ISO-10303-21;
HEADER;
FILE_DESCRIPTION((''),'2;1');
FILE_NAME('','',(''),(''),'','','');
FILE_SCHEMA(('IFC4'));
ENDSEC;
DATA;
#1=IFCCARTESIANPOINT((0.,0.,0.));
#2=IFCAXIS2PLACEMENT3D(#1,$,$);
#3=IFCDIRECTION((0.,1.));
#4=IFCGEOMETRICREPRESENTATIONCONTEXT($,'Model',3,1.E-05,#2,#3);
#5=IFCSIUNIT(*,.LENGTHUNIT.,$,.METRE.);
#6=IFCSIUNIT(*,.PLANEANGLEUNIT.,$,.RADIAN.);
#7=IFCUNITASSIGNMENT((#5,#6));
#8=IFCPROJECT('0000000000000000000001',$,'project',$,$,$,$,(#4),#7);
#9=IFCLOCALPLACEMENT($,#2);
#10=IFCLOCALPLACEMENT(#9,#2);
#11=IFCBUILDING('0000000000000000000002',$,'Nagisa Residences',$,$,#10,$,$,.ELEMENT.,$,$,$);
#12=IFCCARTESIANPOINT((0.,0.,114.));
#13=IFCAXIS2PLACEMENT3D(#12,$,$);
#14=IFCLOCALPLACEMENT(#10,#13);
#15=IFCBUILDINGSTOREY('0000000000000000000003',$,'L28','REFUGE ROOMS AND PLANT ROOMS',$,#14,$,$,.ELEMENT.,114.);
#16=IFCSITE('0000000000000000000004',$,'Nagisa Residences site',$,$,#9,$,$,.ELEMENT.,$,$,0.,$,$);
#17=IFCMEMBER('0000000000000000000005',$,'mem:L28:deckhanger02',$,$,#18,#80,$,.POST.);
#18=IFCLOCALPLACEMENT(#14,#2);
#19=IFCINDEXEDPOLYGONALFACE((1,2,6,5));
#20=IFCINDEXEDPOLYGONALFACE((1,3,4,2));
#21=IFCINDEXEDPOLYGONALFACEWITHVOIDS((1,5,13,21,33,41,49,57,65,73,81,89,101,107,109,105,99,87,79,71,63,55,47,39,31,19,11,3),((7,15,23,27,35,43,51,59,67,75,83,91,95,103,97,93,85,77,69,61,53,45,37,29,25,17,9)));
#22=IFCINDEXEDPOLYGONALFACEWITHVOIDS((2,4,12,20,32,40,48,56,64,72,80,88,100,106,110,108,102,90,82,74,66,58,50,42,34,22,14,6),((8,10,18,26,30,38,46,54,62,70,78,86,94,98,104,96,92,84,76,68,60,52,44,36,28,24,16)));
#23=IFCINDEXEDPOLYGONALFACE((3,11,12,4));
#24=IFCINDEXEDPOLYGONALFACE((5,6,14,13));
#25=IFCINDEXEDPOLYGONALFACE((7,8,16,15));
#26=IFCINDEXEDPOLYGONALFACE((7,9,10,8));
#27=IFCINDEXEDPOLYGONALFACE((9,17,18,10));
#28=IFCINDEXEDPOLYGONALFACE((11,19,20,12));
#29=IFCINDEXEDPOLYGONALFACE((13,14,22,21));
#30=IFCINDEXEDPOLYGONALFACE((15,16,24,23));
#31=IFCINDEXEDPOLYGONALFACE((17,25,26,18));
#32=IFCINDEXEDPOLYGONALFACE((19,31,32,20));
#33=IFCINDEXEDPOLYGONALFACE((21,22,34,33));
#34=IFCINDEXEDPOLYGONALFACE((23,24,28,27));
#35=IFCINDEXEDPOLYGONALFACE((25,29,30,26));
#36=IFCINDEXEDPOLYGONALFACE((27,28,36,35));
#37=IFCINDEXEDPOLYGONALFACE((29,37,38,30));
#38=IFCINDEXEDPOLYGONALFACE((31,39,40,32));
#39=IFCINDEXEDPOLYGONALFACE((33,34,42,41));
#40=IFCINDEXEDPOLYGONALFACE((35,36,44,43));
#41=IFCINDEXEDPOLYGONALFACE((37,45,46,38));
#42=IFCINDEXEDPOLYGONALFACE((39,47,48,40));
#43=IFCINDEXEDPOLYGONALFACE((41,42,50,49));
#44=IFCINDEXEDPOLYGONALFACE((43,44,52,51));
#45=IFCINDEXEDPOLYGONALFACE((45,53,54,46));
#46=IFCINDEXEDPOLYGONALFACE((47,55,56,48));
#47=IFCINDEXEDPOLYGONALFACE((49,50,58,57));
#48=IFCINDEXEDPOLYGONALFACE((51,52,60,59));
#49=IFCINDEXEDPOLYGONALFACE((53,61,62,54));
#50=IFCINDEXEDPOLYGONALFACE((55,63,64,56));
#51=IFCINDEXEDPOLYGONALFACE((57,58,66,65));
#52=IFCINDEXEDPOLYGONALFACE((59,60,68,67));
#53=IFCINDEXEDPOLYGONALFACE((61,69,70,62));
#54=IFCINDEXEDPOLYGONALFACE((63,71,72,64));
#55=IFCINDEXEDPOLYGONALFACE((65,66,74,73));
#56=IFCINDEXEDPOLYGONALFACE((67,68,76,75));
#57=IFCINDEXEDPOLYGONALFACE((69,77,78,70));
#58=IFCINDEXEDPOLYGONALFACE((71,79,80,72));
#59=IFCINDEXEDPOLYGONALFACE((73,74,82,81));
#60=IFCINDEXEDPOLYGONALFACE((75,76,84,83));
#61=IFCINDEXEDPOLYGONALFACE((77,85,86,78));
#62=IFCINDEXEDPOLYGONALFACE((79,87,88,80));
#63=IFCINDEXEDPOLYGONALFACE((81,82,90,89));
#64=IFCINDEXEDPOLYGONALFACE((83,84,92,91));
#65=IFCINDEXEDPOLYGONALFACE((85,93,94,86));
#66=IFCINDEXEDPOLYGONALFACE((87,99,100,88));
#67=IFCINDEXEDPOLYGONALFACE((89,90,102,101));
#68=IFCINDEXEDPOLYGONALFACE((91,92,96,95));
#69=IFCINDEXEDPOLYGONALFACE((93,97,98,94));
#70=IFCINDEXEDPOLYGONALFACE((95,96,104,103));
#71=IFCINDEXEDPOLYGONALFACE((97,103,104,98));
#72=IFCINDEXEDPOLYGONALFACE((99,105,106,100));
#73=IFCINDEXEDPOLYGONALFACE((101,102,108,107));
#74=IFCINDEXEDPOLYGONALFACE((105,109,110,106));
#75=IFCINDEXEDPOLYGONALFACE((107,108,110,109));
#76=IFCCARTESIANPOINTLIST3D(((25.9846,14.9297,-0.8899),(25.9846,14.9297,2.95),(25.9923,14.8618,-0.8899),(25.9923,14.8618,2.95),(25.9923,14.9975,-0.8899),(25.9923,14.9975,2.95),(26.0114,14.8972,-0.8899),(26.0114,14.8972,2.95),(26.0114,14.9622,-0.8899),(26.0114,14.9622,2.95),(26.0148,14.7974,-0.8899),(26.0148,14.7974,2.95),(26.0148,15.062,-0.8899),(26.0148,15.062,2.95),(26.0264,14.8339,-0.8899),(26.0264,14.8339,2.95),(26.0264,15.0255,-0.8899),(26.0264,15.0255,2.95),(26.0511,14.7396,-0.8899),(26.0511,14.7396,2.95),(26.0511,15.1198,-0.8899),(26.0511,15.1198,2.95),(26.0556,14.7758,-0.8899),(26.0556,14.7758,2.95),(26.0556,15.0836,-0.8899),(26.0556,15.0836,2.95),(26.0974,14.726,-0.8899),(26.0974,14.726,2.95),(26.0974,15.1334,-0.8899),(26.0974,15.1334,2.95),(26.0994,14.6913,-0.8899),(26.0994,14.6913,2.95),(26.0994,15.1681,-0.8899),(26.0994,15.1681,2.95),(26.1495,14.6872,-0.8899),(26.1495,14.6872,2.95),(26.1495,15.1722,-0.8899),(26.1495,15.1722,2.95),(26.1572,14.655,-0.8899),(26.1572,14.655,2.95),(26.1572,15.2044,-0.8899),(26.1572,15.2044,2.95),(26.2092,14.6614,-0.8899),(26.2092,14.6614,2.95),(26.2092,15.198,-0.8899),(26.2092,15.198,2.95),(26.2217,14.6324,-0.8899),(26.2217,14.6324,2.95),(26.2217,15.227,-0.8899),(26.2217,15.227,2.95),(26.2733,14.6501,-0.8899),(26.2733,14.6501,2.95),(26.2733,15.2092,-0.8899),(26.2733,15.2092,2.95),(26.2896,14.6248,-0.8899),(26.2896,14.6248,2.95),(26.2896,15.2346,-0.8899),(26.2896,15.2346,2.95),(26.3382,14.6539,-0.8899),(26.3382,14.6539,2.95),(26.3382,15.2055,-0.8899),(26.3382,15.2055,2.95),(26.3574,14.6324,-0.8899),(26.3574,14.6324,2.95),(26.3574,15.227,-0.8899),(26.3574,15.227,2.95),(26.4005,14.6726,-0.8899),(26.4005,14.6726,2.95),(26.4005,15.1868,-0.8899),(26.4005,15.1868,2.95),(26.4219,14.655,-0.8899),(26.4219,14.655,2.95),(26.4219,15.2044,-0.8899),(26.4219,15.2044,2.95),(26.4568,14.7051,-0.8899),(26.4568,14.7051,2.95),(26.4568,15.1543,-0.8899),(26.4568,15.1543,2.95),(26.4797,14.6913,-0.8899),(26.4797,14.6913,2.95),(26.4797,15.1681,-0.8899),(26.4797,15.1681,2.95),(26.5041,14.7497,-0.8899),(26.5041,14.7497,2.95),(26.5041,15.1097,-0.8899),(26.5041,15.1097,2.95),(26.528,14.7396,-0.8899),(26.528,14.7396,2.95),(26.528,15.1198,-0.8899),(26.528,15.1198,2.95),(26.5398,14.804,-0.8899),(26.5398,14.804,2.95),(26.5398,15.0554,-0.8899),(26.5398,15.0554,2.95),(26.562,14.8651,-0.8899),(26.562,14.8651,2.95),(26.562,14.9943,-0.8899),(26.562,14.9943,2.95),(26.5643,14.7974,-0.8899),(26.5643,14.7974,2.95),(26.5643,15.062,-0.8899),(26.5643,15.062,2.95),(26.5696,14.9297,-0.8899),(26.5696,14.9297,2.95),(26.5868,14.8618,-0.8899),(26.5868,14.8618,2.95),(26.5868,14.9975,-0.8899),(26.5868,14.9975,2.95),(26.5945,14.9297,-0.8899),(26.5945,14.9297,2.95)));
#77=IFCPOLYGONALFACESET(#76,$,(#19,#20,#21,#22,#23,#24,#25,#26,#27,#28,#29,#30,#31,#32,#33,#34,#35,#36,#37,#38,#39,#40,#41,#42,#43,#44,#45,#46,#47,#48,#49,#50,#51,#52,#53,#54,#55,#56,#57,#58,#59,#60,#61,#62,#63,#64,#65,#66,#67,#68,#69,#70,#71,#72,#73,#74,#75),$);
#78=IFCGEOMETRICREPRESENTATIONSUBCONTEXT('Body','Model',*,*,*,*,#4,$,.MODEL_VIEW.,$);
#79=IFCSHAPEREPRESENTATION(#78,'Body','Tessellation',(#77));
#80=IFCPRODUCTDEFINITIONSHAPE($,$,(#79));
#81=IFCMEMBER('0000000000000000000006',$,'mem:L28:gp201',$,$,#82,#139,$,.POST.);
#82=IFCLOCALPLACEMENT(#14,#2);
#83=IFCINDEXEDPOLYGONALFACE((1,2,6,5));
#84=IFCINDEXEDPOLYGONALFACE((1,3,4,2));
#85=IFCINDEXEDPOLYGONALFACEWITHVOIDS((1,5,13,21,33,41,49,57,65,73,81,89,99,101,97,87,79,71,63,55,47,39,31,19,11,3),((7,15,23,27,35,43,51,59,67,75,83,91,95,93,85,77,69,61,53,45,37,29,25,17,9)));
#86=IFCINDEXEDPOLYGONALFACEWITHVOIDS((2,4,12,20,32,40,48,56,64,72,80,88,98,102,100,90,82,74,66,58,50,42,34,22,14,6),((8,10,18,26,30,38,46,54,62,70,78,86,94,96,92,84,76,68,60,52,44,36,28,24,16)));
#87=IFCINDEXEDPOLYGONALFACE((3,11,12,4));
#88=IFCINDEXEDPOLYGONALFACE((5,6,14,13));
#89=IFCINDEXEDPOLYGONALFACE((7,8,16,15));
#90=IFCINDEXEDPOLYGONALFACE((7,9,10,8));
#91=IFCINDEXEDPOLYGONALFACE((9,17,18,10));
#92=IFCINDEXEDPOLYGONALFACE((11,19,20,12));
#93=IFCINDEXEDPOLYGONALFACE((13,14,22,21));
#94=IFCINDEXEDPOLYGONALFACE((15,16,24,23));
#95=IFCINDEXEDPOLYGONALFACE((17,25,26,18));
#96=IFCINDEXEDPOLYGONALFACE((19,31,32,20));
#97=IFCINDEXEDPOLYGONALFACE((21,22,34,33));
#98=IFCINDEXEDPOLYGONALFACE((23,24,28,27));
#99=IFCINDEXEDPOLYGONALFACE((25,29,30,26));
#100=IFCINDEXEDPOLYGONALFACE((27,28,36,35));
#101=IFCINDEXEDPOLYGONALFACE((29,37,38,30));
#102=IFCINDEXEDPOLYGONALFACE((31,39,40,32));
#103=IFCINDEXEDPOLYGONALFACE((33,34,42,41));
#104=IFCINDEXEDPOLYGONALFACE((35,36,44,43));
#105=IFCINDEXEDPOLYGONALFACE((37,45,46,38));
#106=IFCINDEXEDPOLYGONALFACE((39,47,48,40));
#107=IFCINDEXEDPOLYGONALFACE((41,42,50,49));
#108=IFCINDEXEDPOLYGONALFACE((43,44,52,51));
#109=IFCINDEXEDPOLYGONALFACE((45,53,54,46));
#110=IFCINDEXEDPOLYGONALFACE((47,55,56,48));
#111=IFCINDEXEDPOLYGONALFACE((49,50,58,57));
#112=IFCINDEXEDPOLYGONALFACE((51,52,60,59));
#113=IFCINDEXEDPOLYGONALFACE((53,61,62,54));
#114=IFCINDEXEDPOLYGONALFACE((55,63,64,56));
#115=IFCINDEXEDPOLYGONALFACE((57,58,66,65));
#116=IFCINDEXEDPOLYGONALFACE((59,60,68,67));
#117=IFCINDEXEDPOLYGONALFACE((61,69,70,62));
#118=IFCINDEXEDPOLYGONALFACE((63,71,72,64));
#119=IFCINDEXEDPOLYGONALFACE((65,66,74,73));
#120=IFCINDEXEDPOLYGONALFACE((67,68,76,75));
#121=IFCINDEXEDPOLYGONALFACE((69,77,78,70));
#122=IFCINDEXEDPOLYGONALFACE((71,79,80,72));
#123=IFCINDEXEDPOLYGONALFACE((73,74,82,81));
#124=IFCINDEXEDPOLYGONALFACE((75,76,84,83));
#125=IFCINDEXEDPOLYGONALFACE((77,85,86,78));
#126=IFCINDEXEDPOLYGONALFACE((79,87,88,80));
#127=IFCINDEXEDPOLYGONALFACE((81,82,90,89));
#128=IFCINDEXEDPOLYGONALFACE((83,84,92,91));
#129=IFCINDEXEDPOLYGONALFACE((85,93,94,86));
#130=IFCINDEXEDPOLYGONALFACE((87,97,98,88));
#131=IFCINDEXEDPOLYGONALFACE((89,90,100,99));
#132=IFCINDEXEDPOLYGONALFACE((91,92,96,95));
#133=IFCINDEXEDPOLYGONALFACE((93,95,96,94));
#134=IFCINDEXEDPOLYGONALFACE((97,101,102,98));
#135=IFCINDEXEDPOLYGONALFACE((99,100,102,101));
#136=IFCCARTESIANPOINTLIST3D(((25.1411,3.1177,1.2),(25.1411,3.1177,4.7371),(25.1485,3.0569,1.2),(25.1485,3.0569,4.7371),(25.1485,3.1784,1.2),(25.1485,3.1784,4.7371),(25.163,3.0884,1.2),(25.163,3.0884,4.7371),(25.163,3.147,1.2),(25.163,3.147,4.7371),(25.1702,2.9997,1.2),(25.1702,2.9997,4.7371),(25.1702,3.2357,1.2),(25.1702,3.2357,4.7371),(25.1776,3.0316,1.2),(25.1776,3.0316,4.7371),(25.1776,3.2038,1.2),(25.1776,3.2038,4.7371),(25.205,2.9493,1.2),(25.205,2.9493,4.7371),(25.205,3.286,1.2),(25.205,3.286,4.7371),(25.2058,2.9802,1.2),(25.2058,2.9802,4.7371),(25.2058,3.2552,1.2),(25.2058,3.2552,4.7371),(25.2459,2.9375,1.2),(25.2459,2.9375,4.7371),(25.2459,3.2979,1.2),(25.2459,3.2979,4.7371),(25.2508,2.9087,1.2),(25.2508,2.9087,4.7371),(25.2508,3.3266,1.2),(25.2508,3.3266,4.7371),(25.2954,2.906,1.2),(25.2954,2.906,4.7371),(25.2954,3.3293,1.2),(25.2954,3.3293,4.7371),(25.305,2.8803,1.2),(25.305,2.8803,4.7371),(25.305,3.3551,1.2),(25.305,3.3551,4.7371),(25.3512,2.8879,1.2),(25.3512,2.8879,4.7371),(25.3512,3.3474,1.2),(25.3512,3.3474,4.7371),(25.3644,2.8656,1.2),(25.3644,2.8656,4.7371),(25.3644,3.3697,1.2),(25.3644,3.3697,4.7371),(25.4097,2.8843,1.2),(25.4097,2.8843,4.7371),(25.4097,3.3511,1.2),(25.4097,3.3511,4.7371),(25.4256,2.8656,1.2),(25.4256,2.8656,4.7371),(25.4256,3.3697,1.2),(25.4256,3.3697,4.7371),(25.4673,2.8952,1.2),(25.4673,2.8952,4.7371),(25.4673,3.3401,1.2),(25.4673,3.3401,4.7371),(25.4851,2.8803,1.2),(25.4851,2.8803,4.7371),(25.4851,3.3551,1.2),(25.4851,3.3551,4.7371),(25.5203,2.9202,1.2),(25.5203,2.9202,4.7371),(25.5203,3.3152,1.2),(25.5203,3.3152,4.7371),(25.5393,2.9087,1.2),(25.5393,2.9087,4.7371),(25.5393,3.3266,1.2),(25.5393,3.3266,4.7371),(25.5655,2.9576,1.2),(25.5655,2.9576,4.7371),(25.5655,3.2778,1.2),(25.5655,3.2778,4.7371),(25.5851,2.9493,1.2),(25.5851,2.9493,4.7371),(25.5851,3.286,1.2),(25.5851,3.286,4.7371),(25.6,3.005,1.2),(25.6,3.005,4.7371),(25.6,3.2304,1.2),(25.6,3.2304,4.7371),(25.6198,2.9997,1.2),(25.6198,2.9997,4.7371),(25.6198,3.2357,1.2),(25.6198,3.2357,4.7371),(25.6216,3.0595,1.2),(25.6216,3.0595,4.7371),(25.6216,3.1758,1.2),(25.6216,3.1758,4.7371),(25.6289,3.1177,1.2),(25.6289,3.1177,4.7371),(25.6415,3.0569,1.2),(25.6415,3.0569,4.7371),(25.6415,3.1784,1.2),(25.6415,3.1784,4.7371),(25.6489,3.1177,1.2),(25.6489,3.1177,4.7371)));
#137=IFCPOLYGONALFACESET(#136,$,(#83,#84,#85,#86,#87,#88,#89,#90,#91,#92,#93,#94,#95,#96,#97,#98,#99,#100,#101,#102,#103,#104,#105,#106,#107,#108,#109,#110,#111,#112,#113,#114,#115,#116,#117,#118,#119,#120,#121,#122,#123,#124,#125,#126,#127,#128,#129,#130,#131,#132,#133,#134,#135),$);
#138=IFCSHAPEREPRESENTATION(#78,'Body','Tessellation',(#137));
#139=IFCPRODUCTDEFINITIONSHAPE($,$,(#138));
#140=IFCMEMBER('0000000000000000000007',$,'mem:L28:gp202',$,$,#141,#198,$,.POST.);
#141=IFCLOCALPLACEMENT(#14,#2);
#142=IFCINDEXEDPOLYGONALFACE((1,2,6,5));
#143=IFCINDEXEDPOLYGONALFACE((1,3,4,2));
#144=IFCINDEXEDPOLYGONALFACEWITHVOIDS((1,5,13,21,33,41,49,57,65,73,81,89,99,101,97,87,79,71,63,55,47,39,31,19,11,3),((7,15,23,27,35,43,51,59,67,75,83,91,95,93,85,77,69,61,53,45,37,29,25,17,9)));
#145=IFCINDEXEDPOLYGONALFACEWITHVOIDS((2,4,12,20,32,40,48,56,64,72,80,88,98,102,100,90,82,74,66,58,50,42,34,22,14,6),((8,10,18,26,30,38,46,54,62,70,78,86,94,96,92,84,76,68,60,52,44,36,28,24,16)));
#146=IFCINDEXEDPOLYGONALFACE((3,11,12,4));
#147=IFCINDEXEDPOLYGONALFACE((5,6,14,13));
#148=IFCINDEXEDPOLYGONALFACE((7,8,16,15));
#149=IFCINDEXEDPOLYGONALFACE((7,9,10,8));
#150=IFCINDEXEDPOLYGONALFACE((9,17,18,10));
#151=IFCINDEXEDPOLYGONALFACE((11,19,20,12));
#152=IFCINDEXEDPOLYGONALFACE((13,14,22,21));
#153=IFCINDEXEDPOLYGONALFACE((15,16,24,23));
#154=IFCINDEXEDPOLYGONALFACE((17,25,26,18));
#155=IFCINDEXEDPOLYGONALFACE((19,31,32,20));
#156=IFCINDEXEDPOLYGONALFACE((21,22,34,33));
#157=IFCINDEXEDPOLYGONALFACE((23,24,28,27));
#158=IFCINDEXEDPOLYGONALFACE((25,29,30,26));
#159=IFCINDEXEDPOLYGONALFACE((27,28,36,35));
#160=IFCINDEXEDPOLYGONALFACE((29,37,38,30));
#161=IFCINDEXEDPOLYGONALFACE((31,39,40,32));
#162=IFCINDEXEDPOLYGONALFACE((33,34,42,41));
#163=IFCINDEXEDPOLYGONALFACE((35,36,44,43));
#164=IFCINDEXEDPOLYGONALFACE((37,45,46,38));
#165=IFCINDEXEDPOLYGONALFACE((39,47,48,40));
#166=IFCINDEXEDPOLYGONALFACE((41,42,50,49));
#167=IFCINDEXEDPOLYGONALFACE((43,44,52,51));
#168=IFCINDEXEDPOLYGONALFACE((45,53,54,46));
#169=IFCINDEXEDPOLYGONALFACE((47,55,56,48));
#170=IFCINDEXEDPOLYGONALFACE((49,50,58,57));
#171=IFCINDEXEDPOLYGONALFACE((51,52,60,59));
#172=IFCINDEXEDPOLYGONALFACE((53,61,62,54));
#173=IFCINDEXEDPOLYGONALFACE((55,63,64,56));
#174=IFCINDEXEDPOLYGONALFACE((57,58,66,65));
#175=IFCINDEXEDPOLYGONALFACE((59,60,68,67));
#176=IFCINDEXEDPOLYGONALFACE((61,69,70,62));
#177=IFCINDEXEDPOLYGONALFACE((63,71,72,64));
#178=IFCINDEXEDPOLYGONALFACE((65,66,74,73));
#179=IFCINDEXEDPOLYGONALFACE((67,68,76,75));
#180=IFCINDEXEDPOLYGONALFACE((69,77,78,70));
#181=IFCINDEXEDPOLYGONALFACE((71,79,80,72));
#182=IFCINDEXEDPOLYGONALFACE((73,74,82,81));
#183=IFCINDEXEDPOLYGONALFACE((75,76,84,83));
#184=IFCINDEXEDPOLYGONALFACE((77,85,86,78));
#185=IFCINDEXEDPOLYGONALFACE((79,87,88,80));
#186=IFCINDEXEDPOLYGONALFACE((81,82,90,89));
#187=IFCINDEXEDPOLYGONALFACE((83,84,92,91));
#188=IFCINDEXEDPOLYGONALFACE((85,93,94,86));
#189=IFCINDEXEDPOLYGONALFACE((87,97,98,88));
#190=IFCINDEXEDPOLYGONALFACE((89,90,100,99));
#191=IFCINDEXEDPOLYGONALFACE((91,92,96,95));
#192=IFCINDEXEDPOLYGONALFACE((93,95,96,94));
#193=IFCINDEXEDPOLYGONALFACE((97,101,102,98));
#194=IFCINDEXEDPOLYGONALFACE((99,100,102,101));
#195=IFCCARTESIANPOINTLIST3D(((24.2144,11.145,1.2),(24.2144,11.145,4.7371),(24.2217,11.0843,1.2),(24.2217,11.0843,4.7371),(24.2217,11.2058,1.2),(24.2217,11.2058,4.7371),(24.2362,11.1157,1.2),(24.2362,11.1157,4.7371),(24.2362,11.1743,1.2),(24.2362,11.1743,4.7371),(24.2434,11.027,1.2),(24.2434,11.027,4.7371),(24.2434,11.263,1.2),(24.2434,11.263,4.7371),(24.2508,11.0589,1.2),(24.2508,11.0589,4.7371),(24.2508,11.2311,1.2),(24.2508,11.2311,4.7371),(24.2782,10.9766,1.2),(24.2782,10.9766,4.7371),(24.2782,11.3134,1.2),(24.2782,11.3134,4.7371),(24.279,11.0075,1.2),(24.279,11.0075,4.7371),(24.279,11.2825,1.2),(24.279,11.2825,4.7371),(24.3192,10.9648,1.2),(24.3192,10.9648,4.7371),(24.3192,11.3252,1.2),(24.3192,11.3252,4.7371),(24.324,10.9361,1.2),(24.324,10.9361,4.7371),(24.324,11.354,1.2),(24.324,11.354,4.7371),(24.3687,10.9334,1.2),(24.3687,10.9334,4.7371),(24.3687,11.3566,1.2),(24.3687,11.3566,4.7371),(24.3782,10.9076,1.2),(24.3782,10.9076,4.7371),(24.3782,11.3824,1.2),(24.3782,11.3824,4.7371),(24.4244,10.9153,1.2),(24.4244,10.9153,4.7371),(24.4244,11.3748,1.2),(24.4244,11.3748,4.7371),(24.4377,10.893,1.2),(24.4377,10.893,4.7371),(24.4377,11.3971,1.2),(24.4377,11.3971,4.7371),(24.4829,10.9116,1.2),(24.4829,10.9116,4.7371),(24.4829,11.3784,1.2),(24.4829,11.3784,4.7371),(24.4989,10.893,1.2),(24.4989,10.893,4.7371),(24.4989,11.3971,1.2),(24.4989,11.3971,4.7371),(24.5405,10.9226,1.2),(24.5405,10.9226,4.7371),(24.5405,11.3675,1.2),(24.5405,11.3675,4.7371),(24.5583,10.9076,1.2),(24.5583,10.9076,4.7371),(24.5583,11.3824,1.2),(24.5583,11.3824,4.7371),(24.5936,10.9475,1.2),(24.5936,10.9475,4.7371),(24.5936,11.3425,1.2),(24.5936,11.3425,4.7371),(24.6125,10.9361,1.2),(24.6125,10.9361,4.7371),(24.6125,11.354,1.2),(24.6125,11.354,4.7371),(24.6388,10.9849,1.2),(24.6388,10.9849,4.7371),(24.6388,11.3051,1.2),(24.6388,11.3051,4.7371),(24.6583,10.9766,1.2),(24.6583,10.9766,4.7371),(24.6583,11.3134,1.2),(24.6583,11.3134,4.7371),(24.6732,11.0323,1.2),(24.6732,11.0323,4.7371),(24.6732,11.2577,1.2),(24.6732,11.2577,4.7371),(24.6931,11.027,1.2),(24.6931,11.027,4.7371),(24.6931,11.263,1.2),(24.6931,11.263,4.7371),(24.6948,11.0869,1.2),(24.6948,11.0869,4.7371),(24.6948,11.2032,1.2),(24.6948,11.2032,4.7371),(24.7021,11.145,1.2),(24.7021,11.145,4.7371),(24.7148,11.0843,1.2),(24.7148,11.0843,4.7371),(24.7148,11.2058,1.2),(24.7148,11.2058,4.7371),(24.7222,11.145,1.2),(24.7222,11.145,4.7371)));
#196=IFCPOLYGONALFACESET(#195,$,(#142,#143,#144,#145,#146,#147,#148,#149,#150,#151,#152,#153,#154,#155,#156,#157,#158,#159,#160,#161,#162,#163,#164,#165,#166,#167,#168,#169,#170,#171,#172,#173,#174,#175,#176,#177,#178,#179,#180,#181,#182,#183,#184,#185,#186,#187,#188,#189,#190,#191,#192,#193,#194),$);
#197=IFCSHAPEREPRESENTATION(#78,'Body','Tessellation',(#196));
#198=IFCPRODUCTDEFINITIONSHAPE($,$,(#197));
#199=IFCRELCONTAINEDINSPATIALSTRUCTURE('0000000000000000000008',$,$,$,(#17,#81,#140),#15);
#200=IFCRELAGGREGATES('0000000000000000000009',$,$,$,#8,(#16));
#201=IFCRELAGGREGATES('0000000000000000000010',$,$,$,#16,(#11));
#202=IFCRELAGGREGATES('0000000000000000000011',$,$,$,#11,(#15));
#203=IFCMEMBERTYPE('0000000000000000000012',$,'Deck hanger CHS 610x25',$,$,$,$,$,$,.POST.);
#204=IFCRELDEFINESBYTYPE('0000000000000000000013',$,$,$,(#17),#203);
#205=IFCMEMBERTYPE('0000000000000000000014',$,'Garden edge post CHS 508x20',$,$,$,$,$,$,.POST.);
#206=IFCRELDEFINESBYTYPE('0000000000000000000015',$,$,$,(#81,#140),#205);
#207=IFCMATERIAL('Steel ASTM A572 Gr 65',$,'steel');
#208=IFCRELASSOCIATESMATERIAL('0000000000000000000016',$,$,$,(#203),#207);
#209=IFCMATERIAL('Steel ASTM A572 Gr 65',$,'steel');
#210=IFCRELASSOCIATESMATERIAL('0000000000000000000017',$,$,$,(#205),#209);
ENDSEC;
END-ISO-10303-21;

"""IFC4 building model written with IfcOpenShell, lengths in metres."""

from ifc_helpers import new_model, si_unit, direction, frame, origin, origin_2d, place, context, subcontext, project, spatial, hollow_circle, extrude, material, material_profile, profile_set, type_object, element, save


model = new_model("IFC4")

# Units and contexts
model_context = context("Model", 3, precision=1e-05, world=origin(), true_north=direction((0.0, 1.0)))
body_context = subcontext(model_context, "Body", "Model", "MODEL_VIEW")
ifc_project = project(units=[si_unit("LENGTHUNIT", "METRE"), si_unit("PLANEANGLEUNIT", "RADIAN")], contexts=[model_context])

# Site, building, storey
site_placement = place(None, origin())
site = spatial("IfcSite", under=ifc_project, at=site_placement, Name="Nagisa Residences site", CompositionType="ELEMENT", RefElevation=0.0)
building_placement = place(site_placement, origin())
building = spatial("IfcBuilding", under=site, at=building_placement, Name="Nagisa Residences", CompositionType="ELEMENT")
storey_placement = place(building_placement, frame((0.0, 0.0, 114.0)))
storey = spatial("IfcBuildingStorey", under=building, at=storey_placement, Name="L28", Description="REFUGE ROOMS AND PLANT ROOMS", CompositionType="ELEMENT", Elevation=114.0)

# Members
ifc_material_1 = material(Name="Steel ASTM A572 Gr 65", Category="steel")
ifc_material_profile_1 = material_profile(ifc_material_1, hollow_circle(Radius=0.3049, WallThickness=0.0249, at=origin_2d()), Name="CHS 610x25")
ifc_profile_set_1 = profile_set([ifc_material_profile_1], Name="Steel ASTM A572 Gr 65")
member_type_1 = type_object("IfcMemberType", Name="Deck hanger CHS 610x25", PredefinedType="POST", material=ifc_profile_set_1)
member_1_placement = place(storey_placement, frame((26.2896, 14.9297, 2.95), z_axis=(0.0, 0.0, -1.0), x_axis=(1.0, 0.0, 0.0)))
element("IfcMember", 1, at=member_1_placement, inside=storey, type_object=member_type_1, Name="mem:L28:deckhanger02", PredefinedType="POST", context=body_context, shape_type="SweptSolid", body=[
    extrude(hollow_circle(Radius=0.3049, WallThickness=0.0249, at=origin_2d()), origin(), (0.0, 0.0, 1.0), 3.8398),
])
ifc_material_2 = material(Name="Steel ASTM A572 Gr 65", Category="steel")
ifc_material_profile_2 = material_profile(ifc_material_2, hollow_circle(Radius=0.2539, WallThickness=0.02, at=origin_2d()), Name="CHS 508x20")
ifc_profile_set_2 = profile_set([ifc_material_profile_2], Name="Steel ASTM A572 Gr 65")
member_type_2 = type_object("IfcMemberType", Name="Garden edge post CHS 508x20", PredefinedType="POST", material=ifc_profile_set_2)
for number, where, z_axis, x_axis, name in (
    (2, (25.395, 3.1177, 1.2), (0.0, 0.0, 1.0), (1.0, 0.0, 0.0), "mem:L28:gp201"),
    (3, (24.4683, 11.145, 1.2), (0.0, 0.0, 1.0), (1.0, 0.0, 0.0), "mem:L28:gp202"),
):
    element("IfcMember", number, at=place(storey_placement, frame(where, z_axis=z_axis, x_axis=x_axis)), inside=storey, type_object=member_type_2, Name=name, PredefinedType="POST", context=body_context, shape_type="SweptSolid", body=[
        extrude(hollow_circle(Radius=0.2539, WallThickness=0.02, at=origin_2d()), origin(), (0.0, 0.0, 1.0), 3.5371),
    ])

save(model, "model.ifc")
